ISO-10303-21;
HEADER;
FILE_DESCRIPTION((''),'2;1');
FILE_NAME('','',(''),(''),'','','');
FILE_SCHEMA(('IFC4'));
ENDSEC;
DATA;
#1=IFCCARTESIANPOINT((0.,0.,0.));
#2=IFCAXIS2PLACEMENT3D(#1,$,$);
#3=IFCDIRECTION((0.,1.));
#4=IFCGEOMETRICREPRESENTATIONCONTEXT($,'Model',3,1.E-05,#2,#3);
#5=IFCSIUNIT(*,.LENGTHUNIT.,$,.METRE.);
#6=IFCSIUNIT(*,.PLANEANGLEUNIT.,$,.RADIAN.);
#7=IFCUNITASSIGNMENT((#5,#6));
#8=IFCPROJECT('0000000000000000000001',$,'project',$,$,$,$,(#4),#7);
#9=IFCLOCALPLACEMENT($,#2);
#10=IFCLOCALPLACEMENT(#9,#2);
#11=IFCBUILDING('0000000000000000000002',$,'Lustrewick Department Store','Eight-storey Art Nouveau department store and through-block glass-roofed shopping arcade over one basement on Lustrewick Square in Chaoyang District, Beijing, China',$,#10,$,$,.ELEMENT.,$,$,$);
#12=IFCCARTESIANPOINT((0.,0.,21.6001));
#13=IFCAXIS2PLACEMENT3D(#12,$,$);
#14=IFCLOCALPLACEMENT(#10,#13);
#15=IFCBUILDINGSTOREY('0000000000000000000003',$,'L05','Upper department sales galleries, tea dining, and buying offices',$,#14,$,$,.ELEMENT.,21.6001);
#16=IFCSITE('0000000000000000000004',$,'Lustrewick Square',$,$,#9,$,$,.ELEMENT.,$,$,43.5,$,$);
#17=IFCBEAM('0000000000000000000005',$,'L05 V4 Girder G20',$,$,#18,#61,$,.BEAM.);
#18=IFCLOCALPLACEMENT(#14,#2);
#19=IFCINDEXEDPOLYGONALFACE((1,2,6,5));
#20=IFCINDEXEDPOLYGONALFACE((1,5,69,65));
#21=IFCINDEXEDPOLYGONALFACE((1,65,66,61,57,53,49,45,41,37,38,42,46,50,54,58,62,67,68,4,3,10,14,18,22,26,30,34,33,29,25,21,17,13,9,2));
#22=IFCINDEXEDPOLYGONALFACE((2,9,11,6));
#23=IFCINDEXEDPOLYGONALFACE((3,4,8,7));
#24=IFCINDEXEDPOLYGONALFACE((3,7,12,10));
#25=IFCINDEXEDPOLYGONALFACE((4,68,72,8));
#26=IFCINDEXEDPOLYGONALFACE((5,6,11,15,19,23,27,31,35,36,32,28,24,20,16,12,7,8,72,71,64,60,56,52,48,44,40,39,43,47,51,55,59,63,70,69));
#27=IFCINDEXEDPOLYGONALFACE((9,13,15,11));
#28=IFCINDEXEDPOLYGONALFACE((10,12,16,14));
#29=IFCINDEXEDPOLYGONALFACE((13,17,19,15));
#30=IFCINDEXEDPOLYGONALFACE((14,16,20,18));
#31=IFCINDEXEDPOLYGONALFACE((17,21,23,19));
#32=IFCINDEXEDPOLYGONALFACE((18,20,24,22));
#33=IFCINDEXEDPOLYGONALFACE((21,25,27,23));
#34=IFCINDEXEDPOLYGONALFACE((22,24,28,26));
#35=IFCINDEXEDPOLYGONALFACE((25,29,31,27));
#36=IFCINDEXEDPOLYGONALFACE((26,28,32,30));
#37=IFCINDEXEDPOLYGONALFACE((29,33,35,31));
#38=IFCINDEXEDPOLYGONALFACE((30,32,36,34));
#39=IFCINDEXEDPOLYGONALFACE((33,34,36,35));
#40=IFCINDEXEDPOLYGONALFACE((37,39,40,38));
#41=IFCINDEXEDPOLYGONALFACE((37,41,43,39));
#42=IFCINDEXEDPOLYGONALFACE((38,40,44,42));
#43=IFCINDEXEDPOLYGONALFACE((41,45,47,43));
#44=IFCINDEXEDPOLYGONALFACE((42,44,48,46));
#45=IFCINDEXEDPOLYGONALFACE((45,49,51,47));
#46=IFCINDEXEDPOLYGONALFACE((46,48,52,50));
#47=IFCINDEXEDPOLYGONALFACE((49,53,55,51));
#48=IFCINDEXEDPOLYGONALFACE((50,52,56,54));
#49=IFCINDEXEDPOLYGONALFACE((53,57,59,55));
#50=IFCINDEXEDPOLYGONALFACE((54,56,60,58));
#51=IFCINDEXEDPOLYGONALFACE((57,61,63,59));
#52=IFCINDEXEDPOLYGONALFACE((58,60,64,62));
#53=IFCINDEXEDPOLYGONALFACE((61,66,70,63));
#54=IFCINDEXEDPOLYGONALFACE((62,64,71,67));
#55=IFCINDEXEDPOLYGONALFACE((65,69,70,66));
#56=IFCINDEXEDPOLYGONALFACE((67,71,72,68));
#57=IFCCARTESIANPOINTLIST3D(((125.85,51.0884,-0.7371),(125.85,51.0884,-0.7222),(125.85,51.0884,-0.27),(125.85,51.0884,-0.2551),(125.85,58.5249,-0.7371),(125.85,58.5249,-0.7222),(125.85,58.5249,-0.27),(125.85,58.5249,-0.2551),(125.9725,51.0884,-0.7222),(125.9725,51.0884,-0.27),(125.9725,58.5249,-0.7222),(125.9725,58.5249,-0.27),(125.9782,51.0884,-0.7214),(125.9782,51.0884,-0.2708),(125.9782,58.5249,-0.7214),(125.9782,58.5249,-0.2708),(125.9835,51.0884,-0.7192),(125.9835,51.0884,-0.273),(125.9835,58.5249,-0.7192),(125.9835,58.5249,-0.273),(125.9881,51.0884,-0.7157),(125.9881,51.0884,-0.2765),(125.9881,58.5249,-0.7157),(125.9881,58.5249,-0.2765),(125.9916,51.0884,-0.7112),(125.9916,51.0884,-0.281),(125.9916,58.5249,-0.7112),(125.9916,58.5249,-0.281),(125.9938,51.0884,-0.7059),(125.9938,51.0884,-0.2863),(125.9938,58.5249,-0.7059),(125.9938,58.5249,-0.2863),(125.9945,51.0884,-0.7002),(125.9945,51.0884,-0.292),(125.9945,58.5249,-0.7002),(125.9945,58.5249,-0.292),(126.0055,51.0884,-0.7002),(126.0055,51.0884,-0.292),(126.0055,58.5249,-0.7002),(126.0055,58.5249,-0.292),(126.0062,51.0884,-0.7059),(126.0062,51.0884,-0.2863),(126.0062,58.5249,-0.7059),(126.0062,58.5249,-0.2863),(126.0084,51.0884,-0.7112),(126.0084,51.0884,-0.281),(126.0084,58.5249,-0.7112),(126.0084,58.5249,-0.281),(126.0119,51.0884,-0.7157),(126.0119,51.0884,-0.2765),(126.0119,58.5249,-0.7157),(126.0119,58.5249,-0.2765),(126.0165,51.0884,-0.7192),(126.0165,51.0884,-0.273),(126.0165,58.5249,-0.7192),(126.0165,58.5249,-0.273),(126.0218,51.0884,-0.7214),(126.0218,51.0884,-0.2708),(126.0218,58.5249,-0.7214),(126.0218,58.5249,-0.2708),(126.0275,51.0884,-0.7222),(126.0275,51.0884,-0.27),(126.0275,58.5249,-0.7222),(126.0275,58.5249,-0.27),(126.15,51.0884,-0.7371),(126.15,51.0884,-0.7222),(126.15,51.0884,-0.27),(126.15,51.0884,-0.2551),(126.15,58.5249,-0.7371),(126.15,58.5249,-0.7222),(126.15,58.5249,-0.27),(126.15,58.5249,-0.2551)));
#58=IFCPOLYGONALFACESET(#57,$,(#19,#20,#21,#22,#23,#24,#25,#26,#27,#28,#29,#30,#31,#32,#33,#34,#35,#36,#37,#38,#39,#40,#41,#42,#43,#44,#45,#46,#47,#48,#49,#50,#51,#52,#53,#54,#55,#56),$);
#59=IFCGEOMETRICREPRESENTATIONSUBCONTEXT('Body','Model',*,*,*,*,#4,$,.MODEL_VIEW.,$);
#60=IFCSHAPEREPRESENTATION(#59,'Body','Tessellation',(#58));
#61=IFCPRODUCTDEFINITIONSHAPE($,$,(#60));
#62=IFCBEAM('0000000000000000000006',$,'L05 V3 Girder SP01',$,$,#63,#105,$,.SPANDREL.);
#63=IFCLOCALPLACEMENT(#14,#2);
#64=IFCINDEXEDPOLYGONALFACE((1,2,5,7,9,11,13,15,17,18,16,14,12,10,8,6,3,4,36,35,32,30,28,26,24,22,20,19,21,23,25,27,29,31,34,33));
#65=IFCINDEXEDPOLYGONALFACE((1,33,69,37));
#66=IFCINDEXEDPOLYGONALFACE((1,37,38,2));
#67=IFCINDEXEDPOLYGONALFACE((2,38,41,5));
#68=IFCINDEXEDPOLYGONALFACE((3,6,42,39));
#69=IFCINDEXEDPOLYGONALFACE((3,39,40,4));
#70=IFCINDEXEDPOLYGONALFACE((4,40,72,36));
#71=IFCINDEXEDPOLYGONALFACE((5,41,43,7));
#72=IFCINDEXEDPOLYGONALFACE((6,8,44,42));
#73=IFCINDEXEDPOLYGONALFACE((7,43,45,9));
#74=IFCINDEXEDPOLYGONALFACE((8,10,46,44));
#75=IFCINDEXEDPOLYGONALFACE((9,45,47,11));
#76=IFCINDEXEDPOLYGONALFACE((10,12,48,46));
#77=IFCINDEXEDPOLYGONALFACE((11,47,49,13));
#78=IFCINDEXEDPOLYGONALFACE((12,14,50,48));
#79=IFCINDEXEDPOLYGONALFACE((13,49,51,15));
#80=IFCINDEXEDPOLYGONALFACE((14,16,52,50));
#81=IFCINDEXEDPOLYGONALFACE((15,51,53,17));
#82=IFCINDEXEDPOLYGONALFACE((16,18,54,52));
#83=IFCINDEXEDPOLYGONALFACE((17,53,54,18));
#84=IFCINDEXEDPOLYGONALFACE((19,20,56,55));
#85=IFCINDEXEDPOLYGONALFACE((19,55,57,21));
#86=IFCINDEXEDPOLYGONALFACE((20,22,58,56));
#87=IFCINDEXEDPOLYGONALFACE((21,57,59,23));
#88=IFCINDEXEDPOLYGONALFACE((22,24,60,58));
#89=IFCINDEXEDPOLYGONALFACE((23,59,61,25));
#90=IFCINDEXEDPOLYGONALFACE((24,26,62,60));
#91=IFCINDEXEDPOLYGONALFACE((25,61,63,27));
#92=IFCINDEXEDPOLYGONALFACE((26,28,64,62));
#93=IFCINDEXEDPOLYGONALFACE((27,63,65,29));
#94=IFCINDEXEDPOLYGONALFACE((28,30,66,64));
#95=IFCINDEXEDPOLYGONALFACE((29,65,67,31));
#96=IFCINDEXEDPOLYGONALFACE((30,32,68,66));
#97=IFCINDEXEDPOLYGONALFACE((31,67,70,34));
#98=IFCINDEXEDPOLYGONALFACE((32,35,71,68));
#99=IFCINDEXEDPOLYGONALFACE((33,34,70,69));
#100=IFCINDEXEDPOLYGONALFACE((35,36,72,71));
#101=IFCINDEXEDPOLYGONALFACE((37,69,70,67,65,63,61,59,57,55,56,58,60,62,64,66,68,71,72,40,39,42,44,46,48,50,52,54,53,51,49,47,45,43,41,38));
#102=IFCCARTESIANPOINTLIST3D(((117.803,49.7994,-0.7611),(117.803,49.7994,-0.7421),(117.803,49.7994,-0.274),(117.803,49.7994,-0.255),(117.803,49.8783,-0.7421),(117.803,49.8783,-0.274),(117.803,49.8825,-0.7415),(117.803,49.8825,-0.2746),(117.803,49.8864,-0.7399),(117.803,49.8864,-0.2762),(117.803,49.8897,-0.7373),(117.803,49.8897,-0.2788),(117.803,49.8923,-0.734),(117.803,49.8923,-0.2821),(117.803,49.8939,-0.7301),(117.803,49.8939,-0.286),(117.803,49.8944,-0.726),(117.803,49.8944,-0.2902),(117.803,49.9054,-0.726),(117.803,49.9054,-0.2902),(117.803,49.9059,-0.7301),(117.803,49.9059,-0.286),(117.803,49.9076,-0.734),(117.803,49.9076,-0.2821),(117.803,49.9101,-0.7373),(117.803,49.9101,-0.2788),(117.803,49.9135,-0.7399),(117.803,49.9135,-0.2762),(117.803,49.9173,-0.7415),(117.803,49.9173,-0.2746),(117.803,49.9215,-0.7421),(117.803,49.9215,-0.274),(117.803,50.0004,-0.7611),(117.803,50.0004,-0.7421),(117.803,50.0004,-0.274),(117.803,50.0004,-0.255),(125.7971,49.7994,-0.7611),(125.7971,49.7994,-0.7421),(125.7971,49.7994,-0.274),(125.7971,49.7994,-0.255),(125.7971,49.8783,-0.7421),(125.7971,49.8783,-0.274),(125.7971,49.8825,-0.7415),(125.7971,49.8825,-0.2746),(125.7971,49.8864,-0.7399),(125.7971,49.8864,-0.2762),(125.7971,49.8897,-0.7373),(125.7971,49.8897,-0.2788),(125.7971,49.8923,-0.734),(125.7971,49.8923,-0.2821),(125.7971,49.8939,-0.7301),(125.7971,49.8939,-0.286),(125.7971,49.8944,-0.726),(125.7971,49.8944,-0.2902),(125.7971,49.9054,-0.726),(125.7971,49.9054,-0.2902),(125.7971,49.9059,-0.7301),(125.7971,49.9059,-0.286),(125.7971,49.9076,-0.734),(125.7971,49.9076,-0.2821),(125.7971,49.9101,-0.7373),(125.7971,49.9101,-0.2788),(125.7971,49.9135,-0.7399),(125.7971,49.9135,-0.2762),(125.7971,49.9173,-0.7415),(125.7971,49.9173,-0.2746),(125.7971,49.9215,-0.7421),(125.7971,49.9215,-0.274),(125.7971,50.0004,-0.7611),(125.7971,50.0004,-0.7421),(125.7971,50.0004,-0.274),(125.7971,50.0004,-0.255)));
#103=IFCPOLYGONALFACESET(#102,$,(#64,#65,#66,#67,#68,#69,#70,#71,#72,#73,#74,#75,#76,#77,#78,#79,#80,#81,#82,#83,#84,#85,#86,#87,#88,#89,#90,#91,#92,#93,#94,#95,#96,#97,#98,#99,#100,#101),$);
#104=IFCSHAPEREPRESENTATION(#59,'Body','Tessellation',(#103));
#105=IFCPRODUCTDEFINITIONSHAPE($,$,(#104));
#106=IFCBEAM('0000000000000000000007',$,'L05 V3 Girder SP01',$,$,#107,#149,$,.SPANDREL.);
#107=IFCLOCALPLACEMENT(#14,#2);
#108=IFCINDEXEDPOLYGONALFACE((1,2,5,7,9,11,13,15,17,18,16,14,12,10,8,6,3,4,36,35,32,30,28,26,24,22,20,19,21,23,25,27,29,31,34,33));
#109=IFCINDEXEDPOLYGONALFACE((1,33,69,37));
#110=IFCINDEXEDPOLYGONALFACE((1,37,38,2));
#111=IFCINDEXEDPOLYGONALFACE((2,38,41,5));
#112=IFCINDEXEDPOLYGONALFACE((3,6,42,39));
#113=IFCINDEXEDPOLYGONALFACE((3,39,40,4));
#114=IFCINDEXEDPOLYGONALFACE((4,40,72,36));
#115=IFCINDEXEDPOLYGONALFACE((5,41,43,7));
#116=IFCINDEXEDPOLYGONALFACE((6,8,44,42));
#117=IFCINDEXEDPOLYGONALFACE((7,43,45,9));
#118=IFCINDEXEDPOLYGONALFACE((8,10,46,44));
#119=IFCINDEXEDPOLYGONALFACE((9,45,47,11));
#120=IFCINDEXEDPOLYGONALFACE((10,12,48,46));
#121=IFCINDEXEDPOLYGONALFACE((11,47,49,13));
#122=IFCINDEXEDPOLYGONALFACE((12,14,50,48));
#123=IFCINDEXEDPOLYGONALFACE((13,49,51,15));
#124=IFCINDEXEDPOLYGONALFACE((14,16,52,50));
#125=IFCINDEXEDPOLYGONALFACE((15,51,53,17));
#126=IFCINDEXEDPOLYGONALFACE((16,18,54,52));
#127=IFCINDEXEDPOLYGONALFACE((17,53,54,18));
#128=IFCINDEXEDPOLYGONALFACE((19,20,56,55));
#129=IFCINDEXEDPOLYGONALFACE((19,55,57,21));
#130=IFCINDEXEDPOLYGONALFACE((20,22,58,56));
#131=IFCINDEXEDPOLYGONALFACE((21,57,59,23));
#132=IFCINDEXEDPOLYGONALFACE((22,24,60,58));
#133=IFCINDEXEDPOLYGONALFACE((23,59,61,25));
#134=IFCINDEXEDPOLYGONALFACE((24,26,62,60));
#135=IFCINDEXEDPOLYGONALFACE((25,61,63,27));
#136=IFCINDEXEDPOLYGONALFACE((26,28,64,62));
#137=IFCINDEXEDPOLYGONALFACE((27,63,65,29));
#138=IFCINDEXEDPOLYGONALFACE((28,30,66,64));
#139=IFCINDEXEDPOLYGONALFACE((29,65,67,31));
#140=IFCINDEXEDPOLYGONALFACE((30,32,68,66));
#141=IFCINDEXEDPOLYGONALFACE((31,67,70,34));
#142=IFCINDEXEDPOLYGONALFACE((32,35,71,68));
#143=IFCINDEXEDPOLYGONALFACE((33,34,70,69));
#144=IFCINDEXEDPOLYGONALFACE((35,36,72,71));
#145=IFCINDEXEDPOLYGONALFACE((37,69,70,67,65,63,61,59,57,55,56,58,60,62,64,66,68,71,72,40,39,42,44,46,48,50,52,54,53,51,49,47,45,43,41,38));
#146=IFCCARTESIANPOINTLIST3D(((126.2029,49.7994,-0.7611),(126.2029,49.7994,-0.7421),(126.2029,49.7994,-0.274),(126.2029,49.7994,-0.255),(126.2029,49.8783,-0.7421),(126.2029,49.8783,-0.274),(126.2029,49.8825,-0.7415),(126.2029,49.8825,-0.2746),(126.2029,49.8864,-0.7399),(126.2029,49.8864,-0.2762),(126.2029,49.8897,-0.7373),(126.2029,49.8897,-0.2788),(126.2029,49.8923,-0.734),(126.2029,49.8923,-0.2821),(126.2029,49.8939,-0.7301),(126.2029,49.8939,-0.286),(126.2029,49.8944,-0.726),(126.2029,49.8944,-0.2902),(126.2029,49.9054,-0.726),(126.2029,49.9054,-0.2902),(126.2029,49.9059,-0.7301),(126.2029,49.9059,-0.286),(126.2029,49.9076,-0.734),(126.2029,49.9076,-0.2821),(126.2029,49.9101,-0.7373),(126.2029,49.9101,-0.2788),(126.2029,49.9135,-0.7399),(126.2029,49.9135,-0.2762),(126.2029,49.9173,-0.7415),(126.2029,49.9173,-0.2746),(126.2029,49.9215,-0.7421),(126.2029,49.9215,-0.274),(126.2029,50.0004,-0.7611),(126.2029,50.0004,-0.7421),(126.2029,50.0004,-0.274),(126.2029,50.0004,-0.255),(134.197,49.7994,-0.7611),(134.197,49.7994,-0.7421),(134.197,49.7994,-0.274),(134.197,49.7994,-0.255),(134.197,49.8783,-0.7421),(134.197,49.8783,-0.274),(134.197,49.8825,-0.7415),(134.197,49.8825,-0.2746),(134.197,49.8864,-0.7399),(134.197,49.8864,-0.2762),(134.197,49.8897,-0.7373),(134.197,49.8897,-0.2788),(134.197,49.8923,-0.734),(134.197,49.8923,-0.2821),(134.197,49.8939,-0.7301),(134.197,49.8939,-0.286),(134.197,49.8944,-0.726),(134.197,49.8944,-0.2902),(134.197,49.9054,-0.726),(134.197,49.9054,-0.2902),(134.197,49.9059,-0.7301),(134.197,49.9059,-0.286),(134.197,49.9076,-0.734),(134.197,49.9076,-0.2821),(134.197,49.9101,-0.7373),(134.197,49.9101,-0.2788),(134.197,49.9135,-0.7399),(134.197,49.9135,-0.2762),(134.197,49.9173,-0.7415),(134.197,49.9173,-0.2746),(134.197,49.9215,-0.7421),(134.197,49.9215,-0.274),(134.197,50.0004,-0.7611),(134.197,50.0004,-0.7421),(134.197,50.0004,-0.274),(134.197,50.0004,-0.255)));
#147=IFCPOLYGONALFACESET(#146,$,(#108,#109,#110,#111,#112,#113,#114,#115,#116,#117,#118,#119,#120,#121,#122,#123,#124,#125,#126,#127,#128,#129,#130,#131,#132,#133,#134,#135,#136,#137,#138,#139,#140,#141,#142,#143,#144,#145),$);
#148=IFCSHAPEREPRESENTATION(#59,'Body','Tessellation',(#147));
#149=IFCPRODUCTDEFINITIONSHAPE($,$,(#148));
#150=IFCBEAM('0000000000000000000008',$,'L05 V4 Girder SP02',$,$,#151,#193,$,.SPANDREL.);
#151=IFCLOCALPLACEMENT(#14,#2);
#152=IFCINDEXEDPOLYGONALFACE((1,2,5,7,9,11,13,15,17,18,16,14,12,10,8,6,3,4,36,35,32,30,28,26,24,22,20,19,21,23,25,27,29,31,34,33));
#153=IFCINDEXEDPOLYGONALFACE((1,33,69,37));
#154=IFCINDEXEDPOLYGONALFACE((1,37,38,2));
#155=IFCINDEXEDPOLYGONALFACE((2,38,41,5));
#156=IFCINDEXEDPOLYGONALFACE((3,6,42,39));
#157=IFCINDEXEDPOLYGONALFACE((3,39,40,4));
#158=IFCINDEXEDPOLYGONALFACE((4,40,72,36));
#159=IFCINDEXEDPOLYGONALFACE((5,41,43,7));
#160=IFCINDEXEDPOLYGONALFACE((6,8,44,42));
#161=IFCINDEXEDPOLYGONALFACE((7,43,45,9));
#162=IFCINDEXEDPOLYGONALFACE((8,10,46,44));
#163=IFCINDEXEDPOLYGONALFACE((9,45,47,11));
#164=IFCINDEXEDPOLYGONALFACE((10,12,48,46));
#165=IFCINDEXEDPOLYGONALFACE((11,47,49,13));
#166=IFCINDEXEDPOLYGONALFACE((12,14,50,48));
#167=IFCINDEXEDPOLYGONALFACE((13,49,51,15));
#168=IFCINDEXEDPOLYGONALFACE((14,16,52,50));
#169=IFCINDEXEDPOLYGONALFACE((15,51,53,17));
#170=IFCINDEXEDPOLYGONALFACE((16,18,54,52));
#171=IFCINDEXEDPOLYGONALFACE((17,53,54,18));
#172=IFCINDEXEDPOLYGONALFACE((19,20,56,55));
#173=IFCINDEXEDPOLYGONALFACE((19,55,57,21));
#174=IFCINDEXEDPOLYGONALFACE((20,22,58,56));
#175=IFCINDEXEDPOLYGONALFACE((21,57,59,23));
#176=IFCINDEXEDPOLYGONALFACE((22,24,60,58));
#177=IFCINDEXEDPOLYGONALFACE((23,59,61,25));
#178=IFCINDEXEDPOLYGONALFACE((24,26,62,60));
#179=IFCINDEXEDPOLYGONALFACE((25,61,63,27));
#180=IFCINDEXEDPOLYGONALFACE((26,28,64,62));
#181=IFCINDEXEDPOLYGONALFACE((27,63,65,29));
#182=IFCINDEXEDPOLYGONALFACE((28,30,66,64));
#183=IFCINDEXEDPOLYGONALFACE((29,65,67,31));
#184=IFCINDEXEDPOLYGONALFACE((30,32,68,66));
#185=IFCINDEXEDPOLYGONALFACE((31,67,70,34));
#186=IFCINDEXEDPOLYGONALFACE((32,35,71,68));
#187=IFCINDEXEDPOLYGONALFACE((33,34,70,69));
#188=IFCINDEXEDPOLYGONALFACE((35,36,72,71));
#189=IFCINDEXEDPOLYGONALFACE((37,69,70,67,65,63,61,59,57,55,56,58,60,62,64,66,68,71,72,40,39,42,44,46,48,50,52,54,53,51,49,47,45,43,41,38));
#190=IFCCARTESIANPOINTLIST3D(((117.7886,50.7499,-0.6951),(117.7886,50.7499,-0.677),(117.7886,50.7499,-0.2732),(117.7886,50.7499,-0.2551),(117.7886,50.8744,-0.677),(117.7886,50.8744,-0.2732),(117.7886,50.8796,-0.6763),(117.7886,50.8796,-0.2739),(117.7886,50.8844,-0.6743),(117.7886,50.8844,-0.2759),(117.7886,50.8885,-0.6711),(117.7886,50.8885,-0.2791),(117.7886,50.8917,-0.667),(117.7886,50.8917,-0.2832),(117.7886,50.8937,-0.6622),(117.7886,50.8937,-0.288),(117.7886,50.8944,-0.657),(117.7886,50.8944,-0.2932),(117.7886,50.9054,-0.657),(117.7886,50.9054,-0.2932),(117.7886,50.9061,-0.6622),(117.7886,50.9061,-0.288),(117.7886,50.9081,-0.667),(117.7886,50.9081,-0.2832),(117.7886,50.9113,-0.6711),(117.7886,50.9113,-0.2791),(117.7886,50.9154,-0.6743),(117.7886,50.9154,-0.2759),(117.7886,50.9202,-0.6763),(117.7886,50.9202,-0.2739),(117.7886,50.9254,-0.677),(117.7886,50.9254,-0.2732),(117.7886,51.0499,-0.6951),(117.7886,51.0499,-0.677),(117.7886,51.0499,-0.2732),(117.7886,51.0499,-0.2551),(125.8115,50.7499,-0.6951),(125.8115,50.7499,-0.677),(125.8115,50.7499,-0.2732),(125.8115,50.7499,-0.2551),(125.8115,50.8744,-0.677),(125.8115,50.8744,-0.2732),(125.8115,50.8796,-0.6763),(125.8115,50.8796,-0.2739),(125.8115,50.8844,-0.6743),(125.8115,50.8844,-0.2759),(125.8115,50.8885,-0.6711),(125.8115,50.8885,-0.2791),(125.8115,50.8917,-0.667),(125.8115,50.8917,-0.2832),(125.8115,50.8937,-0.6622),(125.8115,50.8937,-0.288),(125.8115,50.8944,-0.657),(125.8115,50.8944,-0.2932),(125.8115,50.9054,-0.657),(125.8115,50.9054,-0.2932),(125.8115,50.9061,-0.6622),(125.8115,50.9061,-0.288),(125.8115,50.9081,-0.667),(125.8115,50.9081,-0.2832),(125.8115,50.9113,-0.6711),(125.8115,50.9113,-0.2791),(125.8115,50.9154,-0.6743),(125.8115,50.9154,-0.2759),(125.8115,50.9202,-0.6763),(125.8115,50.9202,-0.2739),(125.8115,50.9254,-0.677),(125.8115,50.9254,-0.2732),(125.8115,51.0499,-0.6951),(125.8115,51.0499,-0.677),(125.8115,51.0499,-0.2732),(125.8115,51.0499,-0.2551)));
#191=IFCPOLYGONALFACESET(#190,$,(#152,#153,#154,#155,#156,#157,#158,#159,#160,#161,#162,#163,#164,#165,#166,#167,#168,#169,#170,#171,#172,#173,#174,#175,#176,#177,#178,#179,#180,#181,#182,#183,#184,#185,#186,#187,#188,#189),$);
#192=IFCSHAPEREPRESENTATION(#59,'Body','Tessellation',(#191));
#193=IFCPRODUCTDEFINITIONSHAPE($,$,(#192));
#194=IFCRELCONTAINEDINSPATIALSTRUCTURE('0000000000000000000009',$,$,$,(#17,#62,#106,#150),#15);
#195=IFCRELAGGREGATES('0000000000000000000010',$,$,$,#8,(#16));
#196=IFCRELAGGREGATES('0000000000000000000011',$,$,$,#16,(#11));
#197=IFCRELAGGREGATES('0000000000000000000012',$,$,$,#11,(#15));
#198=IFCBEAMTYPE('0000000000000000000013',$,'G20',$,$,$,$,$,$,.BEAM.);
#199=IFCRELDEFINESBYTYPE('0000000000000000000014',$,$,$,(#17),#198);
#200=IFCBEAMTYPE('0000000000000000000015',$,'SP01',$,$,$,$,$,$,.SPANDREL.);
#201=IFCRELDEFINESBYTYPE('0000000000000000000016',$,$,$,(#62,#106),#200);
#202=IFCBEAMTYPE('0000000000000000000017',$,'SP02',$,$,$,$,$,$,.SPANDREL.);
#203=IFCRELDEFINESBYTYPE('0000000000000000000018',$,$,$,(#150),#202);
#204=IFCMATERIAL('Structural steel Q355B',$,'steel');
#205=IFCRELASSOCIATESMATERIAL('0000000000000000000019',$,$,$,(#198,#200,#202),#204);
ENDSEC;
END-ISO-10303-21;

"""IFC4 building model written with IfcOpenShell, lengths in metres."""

from ifc_helpers import new_model, si_unit, direction, frame, origin, origin_2d, place, context, subcontext, project, spatial, i_section, extrude, material, material_profile, profile_set, type_object, element, save


model = new_model("IFC4")

# Units and contexts
model_context = context("Model", 3, precision=1e-05, world=origin(), true_north=direction((0.0, 1.0)))
body_context = subcontext(model_context, "Body", "Model", "MODEL_VIEW")
ifc_project = project(units=[si_unit("LENGTHUNIT", "METRE"), si_unit("PLANEANGLEUNIT", "RADIAN")], contexts=[model_context])

# Site, building, storey
site_placement = place(None, origin())
site = spatial("IfcSite", under=ifc_project, at=site_placement, Name="Lustrewick Square", CompositionType="ELEMENT", RefElevation=43.5)
building_placement = place(site_placement, origin())
building = spatial("IfcBuilding", under=site, at=building_placement, Name="Lustrewick Department Store", Description="Eight-storey Art Nouveau department store and through-block glass-roofed shopping arcade over one basement on Lustrewick Square in Chaoyang District, Beijing, China", CompositionType="ELEMENT")
storey_placement = place(building_placement, frame((0.0, 0.0, 21.6001)))
storey = spatial("IfcBuildingStorey", under=building, at=storey_placement, Name="L05", Description="Upper department sales galleries, tea dining, and buying offices", CompositionType="ELEMENT", Elevation=21.6001)

# Shared definitions
ifc_material_1 = material(Name="Structural steel Q355B", Category="steel")

# Beams
ifc_material_profile_1 = material_profile(ifc_material_1, i_section(OverallWidth=0.3, OverallDepth=0.4819, WebThickness=0.011, FlangeThickness=0.0149, FilletRadius=0.022, at=origin_2d()), Name="HM 482x300x11x15")
ifc_profile_set_1 = profile_set([ifc_material_profile_1], Name="Structural steel Q355B")
beam_type_1 = type_object("IfcBeamType", Name="G20", PredefinedType="BEAM", material=ifc_profile_set_1)
beam_1_placement = place(storey_placement, frame((126.0, 51.0884, -0.4961), z_axis=(0.0, 1.0, 0.0), x_axis=(-1.0, 0.0, 0.0)))
element("IfcBeam", 1, at=beam_1_placement, inside=storey, type_object=beam_type_1, Name="L05 V4 Girder G20", PredefinedType="BEAM", context=body_context, shape_type="SweptSolid", body=[
    extrude(i_section(OverallWidth=0.3, OverallDepth=0.4819, WebThickness=0.011, FlangeThickness=0.0149, FilletRadius=0.022, at=origin_2d()), origin(), (0.0, 0.0, 1.0), 7.4365),
])
ifc_material_profile_2 = material_profile(ifc_material_1, i_section(OverallWidth=0.2009, OverallDepth=0.5061, WebThickness=0.011, FlangeThickness=0.019, FilletRadius=0.0161, at=origin_2d()), Name="HN 506x201x11x19")
ifc_profile_set_2 = profile_set([ifc_material_profile_2], Name="Structural steel Q355B")
beam_type_2 = type_object("IfcBeamType", Name="SP01", PredefinedType="SPANDREL", material=ifc_profile_set_2)
for number, where, z_axis, x_axis, name in (
    (2, (117.803, 49.8999, -0.5081), (1.0, 0.0, 0.0), (0.0, 1.0, 0.0), "L05 V3 Girder SP01"),
    (3, (126.2029, 49.8999, -0.5081), (1.0, 0.0, 0.0), (0.0, 1.0, 0.0), "L05 V3 Girder SP01"),
):
    element("IfcBeam", number, at=place(storey_placement, frame(where, z_axis=z_axis, x_axis=x_axis)), inside=storey, type_object=beam_type_2, Name=name, PredefinedType="SPANDREL", context=body_context, shape_type="SweptSolid", body=[
        extrude(i_section(OverallWidth=0.2009, OverallDepth=0.5061, WebThickness=0.011, FlangeThickness=0.019, FilletRadius=0.0161, at=origin_2d()), origin(), (0.0, 0.0, 1.0), 7.9941),
    ])
ifc_material_profile_3 = material_profile(ifc_material_1, i_section(OverallWidth=0.3, OverallDepth=0.4399, WebThickness=0.011, FlangeThickness=0.0181, FilletRadius=0.02, at=origin_2d()), Name="HM 440x300x11x18")
ifc_profile_set_3 = profile_set([ifc_material_profile_3], Name="Structural steel Q355B")
beam_type_3 = type_object("IfcBeamType", Name="SP02", PredefinedType="SPANDREL", material=ifc_profile_set_3)
for number, where, z_axis, x_axis, name in (
    (4, (117.7886, 50.8999, -0.4751), (1.0, 0.0, 0.0), (0.0, 1.0, 0.0), "L05 V4 Girder SP02"),
):
    element("IfcBeam", number, at=place(storey_placement, frame(where, z_axis=z_axis, x_axis=x_axis)), inside=storey, type_object=beam_type_3, Name=name, PredefinedType="SPANDREL", context=body_context, shape_type="SweptSolid", body=[
        extrude(i_section(OverallWidth=0.3, OverallDepth=0.4399, WebThickness=0.011, FlangeThickness=0.0181, FilletRadius=0.02, at=origin_2d()), origin(), (0.0, 0.0, 1.0), 8.0229),
    ])

save(model, "model.ifc")
